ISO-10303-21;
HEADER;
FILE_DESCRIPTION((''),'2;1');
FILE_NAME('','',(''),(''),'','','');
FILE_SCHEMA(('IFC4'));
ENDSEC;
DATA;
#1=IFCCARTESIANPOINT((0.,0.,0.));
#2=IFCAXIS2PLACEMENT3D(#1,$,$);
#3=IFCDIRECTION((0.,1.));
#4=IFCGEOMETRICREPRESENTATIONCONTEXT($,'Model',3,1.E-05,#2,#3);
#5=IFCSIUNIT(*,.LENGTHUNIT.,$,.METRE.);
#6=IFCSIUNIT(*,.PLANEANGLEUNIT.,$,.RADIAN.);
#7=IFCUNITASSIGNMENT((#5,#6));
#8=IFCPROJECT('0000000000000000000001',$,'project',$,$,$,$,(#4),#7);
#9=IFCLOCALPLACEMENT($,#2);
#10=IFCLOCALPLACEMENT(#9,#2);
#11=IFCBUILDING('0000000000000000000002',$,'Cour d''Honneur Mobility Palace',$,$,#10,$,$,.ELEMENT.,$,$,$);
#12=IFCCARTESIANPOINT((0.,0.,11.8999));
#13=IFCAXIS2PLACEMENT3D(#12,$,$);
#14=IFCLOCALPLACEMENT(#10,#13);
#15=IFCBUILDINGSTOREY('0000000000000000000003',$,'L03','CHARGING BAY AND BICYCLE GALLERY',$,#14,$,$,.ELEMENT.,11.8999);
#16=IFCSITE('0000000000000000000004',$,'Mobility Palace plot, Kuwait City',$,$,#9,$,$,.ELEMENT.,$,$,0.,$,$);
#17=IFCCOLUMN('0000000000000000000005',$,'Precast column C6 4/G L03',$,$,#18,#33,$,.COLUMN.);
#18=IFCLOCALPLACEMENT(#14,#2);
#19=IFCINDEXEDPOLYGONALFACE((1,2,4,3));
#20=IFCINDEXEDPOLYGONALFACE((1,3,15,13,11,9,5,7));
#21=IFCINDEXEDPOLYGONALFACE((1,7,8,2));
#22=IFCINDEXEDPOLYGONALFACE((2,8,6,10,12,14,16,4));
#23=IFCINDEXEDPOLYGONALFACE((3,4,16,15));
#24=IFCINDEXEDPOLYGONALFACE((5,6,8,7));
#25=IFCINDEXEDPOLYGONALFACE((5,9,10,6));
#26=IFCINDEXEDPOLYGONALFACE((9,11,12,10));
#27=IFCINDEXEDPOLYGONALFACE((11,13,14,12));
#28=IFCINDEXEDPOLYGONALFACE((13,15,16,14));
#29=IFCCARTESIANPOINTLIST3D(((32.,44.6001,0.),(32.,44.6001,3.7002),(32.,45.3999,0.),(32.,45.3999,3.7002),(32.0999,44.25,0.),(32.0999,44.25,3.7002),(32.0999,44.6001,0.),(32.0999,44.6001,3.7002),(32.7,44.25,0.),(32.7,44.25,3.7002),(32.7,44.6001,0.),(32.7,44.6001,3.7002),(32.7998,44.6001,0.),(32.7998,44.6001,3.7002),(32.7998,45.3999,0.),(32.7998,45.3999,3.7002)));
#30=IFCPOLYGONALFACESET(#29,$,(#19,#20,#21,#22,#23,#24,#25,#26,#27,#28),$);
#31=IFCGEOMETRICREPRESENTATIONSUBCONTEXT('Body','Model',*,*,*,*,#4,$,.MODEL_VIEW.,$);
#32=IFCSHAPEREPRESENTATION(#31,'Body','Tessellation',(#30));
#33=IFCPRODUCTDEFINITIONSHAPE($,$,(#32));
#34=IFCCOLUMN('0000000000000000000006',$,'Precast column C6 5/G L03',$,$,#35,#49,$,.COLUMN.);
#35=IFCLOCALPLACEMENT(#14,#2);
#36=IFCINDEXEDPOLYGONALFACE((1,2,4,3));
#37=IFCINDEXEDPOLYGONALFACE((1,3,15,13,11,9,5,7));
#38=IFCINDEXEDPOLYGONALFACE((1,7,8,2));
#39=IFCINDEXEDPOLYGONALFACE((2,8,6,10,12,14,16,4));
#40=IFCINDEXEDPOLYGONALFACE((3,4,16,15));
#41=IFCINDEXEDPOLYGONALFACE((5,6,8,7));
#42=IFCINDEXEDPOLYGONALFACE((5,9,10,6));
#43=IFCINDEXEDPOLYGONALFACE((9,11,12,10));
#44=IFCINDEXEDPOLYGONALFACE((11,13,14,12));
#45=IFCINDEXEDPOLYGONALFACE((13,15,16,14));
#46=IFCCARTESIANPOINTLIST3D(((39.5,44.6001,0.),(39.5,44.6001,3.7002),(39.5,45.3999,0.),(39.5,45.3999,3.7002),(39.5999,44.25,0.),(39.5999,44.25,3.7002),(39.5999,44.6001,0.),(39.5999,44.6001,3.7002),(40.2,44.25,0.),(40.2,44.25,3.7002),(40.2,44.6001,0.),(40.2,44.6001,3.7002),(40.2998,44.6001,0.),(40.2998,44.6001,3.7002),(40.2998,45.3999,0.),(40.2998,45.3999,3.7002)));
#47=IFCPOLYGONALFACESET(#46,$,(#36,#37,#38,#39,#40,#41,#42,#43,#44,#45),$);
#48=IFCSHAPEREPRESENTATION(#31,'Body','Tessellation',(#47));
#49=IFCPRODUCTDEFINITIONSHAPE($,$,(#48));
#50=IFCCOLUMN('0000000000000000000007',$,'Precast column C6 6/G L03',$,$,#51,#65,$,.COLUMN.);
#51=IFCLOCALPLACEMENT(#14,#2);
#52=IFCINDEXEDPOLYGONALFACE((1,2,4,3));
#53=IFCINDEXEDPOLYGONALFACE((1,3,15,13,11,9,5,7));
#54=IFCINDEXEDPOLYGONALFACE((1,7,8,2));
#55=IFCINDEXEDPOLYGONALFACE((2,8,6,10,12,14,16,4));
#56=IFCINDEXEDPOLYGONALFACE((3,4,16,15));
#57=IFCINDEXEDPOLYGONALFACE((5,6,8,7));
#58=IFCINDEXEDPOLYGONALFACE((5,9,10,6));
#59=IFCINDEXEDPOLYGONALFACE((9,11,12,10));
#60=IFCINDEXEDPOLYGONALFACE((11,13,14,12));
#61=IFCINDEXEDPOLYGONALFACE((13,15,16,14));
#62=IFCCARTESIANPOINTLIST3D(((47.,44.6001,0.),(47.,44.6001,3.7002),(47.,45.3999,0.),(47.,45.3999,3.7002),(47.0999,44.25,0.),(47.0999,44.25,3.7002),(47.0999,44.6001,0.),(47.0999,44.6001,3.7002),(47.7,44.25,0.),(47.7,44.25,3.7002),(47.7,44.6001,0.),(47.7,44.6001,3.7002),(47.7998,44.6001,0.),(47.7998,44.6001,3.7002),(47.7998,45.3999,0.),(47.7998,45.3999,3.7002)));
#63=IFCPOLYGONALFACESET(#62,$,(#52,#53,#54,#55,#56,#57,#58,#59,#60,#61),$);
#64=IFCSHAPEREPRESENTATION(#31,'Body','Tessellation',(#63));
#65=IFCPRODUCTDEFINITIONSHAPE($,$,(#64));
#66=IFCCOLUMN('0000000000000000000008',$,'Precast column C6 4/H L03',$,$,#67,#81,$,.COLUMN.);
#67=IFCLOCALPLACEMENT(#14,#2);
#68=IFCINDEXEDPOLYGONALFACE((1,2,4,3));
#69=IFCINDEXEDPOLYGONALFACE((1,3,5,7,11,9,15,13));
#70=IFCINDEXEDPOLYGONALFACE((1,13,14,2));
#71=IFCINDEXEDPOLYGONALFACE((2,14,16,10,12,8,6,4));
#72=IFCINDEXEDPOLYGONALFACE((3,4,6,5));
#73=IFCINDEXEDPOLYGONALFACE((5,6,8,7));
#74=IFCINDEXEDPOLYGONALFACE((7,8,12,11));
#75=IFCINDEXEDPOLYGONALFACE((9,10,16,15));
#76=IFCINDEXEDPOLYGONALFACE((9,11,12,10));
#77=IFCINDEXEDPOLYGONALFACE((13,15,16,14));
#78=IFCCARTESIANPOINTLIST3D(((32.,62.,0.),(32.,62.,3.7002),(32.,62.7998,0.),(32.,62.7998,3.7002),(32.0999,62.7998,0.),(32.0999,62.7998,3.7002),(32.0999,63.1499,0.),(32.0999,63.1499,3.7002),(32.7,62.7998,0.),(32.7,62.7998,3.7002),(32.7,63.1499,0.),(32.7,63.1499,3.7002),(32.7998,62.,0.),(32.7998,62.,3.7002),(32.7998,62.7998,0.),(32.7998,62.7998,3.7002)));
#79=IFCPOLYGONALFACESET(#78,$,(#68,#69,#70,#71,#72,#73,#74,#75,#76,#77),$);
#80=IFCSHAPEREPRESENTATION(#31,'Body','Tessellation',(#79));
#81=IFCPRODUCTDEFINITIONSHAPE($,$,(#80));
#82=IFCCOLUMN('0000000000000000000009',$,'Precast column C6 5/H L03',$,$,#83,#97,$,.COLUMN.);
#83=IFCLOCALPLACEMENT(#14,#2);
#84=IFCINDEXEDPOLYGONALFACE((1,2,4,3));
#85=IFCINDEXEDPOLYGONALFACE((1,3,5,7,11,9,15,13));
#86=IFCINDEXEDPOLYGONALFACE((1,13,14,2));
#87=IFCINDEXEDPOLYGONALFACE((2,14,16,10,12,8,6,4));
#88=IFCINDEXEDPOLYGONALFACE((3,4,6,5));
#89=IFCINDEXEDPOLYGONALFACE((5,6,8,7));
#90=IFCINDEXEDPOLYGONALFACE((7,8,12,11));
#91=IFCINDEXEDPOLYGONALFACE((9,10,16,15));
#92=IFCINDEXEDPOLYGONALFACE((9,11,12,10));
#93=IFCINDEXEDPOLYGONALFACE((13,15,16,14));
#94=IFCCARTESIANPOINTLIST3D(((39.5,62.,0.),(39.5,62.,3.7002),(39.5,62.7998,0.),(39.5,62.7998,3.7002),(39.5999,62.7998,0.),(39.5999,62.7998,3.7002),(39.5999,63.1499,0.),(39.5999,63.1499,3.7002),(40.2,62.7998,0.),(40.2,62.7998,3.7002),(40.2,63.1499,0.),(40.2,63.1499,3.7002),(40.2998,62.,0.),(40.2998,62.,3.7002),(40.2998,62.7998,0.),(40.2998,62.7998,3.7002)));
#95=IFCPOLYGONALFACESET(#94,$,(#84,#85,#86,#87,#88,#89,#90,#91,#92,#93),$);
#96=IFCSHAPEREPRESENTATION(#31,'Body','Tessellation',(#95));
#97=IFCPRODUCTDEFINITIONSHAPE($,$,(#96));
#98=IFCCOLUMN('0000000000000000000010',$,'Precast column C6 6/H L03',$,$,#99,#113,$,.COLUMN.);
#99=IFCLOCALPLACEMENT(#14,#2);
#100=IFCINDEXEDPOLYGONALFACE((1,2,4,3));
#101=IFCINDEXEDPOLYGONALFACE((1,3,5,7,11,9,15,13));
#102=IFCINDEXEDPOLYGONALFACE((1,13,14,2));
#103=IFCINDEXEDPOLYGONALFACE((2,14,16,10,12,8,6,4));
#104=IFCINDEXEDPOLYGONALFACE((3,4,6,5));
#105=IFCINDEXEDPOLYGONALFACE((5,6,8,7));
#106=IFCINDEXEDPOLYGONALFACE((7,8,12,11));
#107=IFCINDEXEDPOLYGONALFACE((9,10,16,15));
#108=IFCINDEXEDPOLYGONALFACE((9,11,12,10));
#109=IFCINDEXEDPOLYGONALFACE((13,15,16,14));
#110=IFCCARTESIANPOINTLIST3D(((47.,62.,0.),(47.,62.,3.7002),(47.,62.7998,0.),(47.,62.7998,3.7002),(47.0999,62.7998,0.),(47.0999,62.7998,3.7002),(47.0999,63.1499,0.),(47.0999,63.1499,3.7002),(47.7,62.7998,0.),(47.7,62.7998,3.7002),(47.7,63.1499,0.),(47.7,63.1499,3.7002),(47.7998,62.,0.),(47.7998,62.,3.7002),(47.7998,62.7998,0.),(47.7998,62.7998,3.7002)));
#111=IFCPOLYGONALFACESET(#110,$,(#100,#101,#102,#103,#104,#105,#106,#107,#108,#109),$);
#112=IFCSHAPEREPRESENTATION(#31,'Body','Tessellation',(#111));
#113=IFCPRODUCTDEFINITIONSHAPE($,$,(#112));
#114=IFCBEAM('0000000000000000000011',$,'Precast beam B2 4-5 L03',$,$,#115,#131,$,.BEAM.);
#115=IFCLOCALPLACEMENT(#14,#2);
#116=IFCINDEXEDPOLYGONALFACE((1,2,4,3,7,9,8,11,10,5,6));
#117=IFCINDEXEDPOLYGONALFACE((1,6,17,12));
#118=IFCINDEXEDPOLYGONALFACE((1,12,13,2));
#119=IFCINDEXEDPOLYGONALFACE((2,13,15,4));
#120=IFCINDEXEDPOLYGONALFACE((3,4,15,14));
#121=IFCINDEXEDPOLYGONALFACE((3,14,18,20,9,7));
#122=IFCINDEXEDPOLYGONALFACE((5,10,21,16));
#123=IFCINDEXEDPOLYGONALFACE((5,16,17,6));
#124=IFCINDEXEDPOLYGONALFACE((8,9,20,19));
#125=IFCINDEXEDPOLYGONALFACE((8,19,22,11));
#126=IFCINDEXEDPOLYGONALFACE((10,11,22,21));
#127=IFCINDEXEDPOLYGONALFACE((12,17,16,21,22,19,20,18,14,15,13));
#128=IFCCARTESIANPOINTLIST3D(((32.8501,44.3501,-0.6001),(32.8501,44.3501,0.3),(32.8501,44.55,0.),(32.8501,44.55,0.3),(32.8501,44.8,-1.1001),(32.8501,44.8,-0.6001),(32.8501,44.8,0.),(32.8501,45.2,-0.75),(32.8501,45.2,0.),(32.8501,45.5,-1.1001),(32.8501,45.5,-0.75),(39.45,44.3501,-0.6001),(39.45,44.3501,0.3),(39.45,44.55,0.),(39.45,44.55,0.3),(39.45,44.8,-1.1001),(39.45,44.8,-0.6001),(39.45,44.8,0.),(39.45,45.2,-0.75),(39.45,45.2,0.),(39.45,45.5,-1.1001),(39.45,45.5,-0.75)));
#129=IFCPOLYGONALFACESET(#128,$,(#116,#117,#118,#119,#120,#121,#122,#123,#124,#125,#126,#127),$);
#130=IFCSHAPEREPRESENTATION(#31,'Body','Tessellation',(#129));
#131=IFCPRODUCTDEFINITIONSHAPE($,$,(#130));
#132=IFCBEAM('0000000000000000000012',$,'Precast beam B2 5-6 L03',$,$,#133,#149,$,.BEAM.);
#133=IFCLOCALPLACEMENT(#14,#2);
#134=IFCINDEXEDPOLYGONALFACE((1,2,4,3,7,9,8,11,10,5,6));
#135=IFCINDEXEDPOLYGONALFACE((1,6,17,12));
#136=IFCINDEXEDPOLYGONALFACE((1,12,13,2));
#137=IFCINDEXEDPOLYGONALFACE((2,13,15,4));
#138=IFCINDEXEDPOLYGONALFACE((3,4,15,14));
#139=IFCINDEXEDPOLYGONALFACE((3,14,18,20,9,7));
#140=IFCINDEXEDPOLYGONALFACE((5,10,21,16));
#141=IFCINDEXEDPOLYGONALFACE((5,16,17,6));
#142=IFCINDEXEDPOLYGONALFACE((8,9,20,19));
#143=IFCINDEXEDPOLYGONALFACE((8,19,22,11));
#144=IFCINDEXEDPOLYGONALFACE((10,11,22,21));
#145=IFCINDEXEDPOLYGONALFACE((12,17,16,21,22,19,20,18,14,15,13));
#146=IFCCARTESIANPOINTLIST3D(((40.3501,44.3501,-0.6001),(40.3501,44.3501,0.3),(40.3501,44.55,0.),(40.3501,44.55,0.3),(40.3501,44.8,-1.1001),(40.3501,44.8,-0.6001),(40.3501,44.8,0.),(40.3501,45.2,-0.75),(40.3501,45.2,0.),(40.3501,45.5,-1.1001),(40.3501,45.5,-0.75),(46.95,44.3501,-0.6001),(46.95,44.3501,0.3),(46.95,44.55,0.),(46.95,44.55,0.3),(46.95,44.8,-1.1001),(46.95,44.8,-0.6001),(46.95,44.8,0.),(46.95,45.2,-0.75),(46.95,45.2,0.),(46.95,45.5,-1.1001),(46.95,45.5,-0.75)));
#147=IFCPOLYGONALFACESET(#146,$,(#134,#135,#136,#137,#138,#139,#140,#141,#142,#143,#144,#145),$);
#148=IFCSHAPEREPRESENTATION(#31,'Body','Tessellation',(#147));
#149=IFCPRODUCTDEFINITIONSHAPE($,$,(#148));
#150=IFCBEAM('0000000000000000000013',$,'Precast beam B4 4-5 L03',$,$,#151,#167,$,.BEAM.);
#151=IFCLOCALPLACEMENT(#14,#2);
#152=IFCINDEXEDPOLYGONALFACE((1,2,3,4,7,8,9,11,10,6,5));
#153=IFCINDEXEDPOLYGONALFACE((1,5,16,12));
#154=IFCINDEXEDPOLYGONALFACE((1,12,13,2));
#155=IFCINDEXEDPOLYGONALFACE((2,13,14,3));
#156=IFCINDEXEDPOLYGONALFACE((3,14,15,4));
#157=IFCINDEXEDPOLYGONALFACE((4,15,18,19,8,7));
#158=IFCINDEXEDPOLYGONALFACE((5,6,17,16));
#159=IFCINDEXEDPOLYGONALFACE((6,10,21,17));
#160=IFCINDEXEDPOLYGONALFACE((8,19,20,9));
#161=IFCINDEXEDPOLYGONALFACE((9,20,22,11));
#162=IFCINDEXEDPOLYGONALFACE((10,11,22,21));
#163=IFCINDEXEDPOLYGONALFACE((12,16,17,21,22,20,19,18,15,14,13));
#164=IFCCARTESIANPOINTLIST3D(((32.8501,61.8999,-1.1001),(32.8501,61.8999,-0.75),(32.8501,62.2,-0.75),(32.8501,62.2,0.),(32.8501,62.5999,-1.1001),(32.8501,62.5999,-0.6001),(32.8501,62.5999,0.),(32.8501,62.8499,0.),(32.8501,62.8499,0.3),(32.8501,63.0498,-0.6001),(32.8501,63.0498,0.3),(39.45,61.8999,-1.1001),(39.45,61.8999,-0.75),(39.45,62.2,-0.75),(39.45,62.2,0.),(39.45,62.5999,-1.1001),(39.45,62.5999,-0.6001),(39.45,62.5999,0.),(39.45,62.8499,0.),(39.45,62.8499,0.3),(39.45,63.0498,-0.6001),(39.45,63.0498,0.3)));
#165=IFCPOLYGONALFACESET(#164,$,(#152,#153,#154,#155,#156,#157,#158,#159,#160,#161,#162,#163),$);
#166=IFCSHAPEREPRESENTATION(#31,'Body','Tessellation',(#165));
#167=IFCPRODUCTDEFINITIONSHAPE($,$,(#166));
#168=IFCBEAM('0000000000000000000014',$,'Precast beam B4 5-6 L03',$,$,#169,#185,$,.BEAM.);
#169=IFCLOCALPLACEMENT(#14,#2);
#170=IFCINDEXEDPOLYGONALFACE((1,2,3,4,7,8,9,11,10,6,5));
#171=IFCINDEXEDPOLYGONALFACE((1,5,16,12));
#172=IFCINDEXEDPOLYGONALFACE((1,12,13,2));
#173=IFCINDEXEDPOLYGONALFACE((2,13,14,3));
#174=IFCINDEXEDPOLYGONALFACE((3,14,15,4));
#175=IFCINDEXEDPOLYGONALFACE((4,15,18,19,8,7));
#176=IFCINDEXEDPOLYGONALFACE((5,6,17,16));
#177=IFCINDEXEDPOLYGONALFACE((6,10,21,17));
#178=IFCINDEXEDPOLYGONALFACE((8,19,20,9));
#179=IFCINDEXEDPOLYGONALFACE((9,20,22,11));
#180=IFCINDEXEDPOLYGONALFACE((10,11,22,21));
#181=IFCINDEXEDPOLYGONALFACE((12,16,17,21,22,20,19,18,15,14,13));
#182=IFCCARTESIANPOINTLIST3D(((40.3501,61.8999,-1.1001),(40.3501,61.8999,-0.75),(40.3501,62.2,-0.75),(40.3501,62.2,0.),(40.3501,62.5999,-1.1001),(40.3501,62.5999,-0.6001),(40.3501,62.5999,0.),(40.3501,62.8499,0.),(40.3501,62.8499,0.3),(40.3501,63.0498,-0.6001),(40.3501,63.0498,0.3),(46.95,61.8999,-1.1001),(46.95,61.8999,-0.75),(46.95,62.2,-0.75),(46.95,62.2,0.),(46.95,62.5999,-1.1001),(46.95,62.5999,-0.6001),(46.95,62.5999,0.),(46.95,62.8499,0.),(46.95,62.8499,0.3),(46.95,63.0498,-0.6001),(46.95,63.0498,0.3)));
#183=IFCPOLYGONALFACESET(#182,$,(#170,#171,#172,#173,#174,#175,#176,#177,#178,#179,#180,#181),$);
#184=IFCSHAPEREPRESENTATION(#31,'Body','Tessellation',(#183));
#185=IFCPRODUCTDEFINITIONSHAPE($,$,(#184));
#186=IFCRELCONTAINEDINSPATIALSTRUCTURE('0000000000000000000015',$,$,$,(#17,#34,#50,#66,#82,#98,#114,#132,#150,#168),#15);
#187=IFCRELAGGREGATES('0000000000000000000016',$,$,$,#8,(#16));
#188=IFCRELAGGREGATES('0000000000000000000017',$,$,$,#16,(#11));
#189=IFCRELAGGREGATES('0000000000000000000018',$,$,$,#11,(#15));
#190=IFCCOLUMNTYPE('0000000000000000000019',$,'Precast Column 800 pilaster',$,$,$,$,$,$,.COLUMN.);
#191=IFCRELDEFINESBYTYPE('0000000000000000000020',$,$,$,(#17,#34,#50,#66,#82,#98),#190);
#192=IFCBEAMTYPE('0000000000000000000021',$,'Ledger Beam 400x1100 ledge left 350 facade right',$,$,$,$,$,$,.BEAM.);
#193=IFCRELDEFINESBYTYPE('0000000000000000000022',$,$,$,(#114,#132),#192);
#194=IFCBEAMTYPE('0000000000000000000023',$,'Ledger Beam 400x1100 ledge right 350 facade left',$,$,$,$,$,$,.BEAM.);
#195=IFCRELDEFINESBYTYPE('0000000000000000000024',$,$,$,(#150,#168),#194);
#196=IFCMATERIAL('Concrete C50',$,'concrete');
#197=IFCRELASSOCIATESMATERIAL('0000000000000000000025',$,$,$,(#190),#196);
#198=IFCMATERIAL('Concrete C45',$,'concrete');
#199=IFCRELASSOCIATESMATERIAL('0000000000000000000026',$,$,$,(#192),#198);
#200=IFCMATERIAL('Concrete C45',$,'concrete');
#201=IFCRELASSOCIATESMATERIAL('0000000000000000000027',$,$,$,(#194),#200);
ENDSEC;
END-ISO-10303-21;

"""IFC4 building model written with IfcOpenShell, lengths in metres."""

from ifc_helpers import new_model, si_unit, direction, frame, origin, place, context, subcontext, project, spatial, polyline, outline, extrude, material, material_profile, profile_set, type_object, element, save


model = new_model("IFC4")

# Units and contexts
model_context = context("Model", 3, precision=1e-05, world=origin(), true_north=direction((0.0, 1.0)))
body_context = subcontext(model_context, "Body", "Model", "MODEL_VIEW")
ifc_project = project(units=[si_unit("LENGTHUNIT", "METRE"), si_unit("PLANEANGLEUNIT", "RADIAN")], contexts=[model_context])

# Site, building, storey
site_placement = place(None, origin())
site = spatial("IfcSite", under=ifc_project, at=site_placement, Name="Mobility Palace plot, Kuwait City", CompositionType="ELEMENT", RefElevation=0.0)
building_placement = place(site_placement, origin())
building = spatial("IfcBuilding", under=site, at=building_placement, Name="Cour d'Honneur Mobility Palace", CompositionType="ELEMENT")
storey_placement = place(building_placement, frame((0.0, 0.0, 11.8999)))
storey = spatial("IfcBuildingStorey", under=building, at=storey_placement, Name="L03", Description="CHARGING BAY AND BICYCLE GALLERY", CompositionType="ELEMENT", Elevation=11.8999)

# Columns
ifc_material_1 = material(Name="Concrete C50", Category="concrete")
ifc_material_profile_1 = material_profile(ifc_material_1, outline(polyline([(-0.3999, -0.3999), (0.3999, -0.3999), (0.3999, -0.3), (0.75, -0.3), (0.75, 0.3), (0.3999, 0.3), (0.3999, 0.3999), (-0.3999, 0.3999), (-0.3999, -0.3999)])), Name="PC C800 pilaster")
ifc_profile_set_1 = profile_set([ifc_material_profile_1], Name="Concrete C50")
column_type = type_object("IfcColumnType", Name="Precast Column 800 pilaster", PredefinedType="COLUMN", material=ifc_profile_set_1)
for number, where, z_axis, x_axis, name in (
    (1, (32.3999, 45.0, 0.0), (0.0, 0.0, 1.0), (0.0, -1.0, 0.0), "Precast column C6 4/G L03"),
    (2, (39.8999, 45.0, 0.0), (0.0, 0.0, 1.0), (0.0, -1.0, 0.0), "Precast column C6 5/G L03"),
    (3, (47.3999, 45.0, 0.0), (0.0, 0.0, 1.0), (0.0, -1.0, 0.0), "Precast column C6 6/G L03"),
    (4, (32.3999, 62.3999, 0.0), (0.0, 0.0, 1.0), (0.0, 1.0, 0.0), "Precast column C6 4/H L03"),
    (5, (39.8999, 62.3999, 0.0), (0.0, 0.0, 1.0), (0.0, 1.0, 0.0), "Precast column C6 5/H L03"),
    (6, (47.3999, 62.3999, 0.0), (0.0, 0.0, 1.0), (0.0, 1.0, 0.0), "Precast column C6 6/H L03"),
):
    element("IfcColumn", number, at=place(storey_placement, frame(where, z_axis=z_axis, x_axis=x_axis)), inside=storey, type_object=column_type, Name=name, PredefinedType="COLUMN", context=body_context, shape_type="SweptSolid", body=[
        extrude(outline(polyline([(-0.3999, -0.3999), (0.3999, -0.3999), (0.3999, -0.3), (0.75, -0.3), (0.75, 0.3), (0.3999, 0.3), (0.3999, 0.3999), (-0.3999, 0.3999), (-0.3999, -0.3999)])), origin(), (0.0, 0.0, 1.0), 3.7002),
    ])

# Beams
ifc_material_2 = material(Name="Concrete C45", Category="concrete")
ifc_material_profile_2 = material_profile(ifc_material_2, outline(polyline([(0.5, -1.1001), (0.5, -0.75), (0.2, -0.75), (0.2, 0.0), (-0.2, 0.0), (-0.45, 0.0), (-0.45, 0.3), (-0.6499, 0.3), (-0.6499, -0.6001), (-0.2, -0.6001), (-0.2, -1.1001), (0.5, -1.1001)])), Name="Ledger Beam 400x1100 ledge left 350 facade right")
ifc_profile_set_2 = profile_set([ifc_material_profile_2], Name="Concrete C45")
beam_type_1 = type_object("IfcBeamType", Name="Ledger Beam 400x1100 ledge left 350 facade right", PredefinedType="BEAM", material=ifc_profile_set_2)
for number, where, z_axis, x_axis, name in (
    (7, (32.8501, 45.0, 0.0), (1.0, 0.0, 0.0), (0.0, 1.0, 0.0), "Precast beam B2 4-5 L03"),
    (8, (40.3501, 45.0, 0.0), (1.0, 0.0, 0.0), (0.0, 1.0, 0.0), "Precast beam B2 5-6 L03"),
):
    element("IfcBeam", number, at=place(storey_placement, frame(where, z_axis=z_axis, x_axis=x_axis)), inside=storey, type_object=beam_type_1, Name=name, PredefinedType="BEAM", context=body_context, shape_type="SweptSolid", body=[
        extrude(outline(polyline([(0.5, -1.1001), (0.5, -0.75), (0.2, -0.75), (0.2, 0.0), (-0.2, 0.0), (-0.45, 0.0), (-0.45, 0.3), (-0.6499, 0.3), (-0.6499, -0.6001), (-0.2, -0.6001), (-0.2, -1.1001), (0.5, -1.1001)])), origin(), (0.0, 0.0, 1.0), 6.5999),
    ])
ifc_material_3 = material(Name="Concrete C45", Category="concrete")
ifc_material_profile_3 = material_profile(ifc_material_3, outline(polyline([(0.2, -1.1001), (0.2, -0.6001), (0.6499, -0.6001), (0.6499, 0.3), (0.45, 0.3), (0.45, 0.0), (0.2, 0.0), (-0.2, 0.0), (-0.2, -0.75), (-0.5, -0.75), (-0.5, -1.1001), (0.2, -1.1001)])), Name="Ledger Beam 400x1100 ledge right 350 facade left")
ifc_profile_set_3 = profile_set([ifc_material_profile_3], Name="Concrete C45")
beam_type_2 = type_object("IfcBeamType", Name="Ledger Beam 400x1100 ledge right 350 facade left", PredefinedType="BEAM", material=ifc_profile_set_3)
for number, where, z_axis, x_axis, name in (
    (9, (32.8501, 62.3999, 0.0), (1.0, 0.0, 0.0), (0.0, 1.0, 0.0), "Precast beam B4 4-5 L03"),
    (10, (40.3501, 62.3999, 0.0), (1.0, 0.0, 0.0), (0.0, 1.0, 0.0), "Precast beam B4 5-6 L03"),
):
    element("IfcBeam", number, at=place(storey_placement, frame(where, z_axis=z_axis, x_axis=x_axis)), inside=storey, type_object=beam_type_2, Name=name, PredefinedType="BEAM", context=body_context, shape_type="SweptSolid", body=[
        extrude(outline(polyline([(0.2, -1.1001), (0.2, -0.6001), (0.6499, -0.6001), (0.6499, 0.3), (0.45, 0.3), (0.45, 0.0), (0.2, 0.0), (-0.2, 0.0), (-0.2, -0.75), (-0.5, -0.75), (-0.5, -1.1001), (0.2, -1.1001)])), origin(), (0.0, 0.0, 1.0), 6.5999),
    ])

save(model, "model.ifc")
